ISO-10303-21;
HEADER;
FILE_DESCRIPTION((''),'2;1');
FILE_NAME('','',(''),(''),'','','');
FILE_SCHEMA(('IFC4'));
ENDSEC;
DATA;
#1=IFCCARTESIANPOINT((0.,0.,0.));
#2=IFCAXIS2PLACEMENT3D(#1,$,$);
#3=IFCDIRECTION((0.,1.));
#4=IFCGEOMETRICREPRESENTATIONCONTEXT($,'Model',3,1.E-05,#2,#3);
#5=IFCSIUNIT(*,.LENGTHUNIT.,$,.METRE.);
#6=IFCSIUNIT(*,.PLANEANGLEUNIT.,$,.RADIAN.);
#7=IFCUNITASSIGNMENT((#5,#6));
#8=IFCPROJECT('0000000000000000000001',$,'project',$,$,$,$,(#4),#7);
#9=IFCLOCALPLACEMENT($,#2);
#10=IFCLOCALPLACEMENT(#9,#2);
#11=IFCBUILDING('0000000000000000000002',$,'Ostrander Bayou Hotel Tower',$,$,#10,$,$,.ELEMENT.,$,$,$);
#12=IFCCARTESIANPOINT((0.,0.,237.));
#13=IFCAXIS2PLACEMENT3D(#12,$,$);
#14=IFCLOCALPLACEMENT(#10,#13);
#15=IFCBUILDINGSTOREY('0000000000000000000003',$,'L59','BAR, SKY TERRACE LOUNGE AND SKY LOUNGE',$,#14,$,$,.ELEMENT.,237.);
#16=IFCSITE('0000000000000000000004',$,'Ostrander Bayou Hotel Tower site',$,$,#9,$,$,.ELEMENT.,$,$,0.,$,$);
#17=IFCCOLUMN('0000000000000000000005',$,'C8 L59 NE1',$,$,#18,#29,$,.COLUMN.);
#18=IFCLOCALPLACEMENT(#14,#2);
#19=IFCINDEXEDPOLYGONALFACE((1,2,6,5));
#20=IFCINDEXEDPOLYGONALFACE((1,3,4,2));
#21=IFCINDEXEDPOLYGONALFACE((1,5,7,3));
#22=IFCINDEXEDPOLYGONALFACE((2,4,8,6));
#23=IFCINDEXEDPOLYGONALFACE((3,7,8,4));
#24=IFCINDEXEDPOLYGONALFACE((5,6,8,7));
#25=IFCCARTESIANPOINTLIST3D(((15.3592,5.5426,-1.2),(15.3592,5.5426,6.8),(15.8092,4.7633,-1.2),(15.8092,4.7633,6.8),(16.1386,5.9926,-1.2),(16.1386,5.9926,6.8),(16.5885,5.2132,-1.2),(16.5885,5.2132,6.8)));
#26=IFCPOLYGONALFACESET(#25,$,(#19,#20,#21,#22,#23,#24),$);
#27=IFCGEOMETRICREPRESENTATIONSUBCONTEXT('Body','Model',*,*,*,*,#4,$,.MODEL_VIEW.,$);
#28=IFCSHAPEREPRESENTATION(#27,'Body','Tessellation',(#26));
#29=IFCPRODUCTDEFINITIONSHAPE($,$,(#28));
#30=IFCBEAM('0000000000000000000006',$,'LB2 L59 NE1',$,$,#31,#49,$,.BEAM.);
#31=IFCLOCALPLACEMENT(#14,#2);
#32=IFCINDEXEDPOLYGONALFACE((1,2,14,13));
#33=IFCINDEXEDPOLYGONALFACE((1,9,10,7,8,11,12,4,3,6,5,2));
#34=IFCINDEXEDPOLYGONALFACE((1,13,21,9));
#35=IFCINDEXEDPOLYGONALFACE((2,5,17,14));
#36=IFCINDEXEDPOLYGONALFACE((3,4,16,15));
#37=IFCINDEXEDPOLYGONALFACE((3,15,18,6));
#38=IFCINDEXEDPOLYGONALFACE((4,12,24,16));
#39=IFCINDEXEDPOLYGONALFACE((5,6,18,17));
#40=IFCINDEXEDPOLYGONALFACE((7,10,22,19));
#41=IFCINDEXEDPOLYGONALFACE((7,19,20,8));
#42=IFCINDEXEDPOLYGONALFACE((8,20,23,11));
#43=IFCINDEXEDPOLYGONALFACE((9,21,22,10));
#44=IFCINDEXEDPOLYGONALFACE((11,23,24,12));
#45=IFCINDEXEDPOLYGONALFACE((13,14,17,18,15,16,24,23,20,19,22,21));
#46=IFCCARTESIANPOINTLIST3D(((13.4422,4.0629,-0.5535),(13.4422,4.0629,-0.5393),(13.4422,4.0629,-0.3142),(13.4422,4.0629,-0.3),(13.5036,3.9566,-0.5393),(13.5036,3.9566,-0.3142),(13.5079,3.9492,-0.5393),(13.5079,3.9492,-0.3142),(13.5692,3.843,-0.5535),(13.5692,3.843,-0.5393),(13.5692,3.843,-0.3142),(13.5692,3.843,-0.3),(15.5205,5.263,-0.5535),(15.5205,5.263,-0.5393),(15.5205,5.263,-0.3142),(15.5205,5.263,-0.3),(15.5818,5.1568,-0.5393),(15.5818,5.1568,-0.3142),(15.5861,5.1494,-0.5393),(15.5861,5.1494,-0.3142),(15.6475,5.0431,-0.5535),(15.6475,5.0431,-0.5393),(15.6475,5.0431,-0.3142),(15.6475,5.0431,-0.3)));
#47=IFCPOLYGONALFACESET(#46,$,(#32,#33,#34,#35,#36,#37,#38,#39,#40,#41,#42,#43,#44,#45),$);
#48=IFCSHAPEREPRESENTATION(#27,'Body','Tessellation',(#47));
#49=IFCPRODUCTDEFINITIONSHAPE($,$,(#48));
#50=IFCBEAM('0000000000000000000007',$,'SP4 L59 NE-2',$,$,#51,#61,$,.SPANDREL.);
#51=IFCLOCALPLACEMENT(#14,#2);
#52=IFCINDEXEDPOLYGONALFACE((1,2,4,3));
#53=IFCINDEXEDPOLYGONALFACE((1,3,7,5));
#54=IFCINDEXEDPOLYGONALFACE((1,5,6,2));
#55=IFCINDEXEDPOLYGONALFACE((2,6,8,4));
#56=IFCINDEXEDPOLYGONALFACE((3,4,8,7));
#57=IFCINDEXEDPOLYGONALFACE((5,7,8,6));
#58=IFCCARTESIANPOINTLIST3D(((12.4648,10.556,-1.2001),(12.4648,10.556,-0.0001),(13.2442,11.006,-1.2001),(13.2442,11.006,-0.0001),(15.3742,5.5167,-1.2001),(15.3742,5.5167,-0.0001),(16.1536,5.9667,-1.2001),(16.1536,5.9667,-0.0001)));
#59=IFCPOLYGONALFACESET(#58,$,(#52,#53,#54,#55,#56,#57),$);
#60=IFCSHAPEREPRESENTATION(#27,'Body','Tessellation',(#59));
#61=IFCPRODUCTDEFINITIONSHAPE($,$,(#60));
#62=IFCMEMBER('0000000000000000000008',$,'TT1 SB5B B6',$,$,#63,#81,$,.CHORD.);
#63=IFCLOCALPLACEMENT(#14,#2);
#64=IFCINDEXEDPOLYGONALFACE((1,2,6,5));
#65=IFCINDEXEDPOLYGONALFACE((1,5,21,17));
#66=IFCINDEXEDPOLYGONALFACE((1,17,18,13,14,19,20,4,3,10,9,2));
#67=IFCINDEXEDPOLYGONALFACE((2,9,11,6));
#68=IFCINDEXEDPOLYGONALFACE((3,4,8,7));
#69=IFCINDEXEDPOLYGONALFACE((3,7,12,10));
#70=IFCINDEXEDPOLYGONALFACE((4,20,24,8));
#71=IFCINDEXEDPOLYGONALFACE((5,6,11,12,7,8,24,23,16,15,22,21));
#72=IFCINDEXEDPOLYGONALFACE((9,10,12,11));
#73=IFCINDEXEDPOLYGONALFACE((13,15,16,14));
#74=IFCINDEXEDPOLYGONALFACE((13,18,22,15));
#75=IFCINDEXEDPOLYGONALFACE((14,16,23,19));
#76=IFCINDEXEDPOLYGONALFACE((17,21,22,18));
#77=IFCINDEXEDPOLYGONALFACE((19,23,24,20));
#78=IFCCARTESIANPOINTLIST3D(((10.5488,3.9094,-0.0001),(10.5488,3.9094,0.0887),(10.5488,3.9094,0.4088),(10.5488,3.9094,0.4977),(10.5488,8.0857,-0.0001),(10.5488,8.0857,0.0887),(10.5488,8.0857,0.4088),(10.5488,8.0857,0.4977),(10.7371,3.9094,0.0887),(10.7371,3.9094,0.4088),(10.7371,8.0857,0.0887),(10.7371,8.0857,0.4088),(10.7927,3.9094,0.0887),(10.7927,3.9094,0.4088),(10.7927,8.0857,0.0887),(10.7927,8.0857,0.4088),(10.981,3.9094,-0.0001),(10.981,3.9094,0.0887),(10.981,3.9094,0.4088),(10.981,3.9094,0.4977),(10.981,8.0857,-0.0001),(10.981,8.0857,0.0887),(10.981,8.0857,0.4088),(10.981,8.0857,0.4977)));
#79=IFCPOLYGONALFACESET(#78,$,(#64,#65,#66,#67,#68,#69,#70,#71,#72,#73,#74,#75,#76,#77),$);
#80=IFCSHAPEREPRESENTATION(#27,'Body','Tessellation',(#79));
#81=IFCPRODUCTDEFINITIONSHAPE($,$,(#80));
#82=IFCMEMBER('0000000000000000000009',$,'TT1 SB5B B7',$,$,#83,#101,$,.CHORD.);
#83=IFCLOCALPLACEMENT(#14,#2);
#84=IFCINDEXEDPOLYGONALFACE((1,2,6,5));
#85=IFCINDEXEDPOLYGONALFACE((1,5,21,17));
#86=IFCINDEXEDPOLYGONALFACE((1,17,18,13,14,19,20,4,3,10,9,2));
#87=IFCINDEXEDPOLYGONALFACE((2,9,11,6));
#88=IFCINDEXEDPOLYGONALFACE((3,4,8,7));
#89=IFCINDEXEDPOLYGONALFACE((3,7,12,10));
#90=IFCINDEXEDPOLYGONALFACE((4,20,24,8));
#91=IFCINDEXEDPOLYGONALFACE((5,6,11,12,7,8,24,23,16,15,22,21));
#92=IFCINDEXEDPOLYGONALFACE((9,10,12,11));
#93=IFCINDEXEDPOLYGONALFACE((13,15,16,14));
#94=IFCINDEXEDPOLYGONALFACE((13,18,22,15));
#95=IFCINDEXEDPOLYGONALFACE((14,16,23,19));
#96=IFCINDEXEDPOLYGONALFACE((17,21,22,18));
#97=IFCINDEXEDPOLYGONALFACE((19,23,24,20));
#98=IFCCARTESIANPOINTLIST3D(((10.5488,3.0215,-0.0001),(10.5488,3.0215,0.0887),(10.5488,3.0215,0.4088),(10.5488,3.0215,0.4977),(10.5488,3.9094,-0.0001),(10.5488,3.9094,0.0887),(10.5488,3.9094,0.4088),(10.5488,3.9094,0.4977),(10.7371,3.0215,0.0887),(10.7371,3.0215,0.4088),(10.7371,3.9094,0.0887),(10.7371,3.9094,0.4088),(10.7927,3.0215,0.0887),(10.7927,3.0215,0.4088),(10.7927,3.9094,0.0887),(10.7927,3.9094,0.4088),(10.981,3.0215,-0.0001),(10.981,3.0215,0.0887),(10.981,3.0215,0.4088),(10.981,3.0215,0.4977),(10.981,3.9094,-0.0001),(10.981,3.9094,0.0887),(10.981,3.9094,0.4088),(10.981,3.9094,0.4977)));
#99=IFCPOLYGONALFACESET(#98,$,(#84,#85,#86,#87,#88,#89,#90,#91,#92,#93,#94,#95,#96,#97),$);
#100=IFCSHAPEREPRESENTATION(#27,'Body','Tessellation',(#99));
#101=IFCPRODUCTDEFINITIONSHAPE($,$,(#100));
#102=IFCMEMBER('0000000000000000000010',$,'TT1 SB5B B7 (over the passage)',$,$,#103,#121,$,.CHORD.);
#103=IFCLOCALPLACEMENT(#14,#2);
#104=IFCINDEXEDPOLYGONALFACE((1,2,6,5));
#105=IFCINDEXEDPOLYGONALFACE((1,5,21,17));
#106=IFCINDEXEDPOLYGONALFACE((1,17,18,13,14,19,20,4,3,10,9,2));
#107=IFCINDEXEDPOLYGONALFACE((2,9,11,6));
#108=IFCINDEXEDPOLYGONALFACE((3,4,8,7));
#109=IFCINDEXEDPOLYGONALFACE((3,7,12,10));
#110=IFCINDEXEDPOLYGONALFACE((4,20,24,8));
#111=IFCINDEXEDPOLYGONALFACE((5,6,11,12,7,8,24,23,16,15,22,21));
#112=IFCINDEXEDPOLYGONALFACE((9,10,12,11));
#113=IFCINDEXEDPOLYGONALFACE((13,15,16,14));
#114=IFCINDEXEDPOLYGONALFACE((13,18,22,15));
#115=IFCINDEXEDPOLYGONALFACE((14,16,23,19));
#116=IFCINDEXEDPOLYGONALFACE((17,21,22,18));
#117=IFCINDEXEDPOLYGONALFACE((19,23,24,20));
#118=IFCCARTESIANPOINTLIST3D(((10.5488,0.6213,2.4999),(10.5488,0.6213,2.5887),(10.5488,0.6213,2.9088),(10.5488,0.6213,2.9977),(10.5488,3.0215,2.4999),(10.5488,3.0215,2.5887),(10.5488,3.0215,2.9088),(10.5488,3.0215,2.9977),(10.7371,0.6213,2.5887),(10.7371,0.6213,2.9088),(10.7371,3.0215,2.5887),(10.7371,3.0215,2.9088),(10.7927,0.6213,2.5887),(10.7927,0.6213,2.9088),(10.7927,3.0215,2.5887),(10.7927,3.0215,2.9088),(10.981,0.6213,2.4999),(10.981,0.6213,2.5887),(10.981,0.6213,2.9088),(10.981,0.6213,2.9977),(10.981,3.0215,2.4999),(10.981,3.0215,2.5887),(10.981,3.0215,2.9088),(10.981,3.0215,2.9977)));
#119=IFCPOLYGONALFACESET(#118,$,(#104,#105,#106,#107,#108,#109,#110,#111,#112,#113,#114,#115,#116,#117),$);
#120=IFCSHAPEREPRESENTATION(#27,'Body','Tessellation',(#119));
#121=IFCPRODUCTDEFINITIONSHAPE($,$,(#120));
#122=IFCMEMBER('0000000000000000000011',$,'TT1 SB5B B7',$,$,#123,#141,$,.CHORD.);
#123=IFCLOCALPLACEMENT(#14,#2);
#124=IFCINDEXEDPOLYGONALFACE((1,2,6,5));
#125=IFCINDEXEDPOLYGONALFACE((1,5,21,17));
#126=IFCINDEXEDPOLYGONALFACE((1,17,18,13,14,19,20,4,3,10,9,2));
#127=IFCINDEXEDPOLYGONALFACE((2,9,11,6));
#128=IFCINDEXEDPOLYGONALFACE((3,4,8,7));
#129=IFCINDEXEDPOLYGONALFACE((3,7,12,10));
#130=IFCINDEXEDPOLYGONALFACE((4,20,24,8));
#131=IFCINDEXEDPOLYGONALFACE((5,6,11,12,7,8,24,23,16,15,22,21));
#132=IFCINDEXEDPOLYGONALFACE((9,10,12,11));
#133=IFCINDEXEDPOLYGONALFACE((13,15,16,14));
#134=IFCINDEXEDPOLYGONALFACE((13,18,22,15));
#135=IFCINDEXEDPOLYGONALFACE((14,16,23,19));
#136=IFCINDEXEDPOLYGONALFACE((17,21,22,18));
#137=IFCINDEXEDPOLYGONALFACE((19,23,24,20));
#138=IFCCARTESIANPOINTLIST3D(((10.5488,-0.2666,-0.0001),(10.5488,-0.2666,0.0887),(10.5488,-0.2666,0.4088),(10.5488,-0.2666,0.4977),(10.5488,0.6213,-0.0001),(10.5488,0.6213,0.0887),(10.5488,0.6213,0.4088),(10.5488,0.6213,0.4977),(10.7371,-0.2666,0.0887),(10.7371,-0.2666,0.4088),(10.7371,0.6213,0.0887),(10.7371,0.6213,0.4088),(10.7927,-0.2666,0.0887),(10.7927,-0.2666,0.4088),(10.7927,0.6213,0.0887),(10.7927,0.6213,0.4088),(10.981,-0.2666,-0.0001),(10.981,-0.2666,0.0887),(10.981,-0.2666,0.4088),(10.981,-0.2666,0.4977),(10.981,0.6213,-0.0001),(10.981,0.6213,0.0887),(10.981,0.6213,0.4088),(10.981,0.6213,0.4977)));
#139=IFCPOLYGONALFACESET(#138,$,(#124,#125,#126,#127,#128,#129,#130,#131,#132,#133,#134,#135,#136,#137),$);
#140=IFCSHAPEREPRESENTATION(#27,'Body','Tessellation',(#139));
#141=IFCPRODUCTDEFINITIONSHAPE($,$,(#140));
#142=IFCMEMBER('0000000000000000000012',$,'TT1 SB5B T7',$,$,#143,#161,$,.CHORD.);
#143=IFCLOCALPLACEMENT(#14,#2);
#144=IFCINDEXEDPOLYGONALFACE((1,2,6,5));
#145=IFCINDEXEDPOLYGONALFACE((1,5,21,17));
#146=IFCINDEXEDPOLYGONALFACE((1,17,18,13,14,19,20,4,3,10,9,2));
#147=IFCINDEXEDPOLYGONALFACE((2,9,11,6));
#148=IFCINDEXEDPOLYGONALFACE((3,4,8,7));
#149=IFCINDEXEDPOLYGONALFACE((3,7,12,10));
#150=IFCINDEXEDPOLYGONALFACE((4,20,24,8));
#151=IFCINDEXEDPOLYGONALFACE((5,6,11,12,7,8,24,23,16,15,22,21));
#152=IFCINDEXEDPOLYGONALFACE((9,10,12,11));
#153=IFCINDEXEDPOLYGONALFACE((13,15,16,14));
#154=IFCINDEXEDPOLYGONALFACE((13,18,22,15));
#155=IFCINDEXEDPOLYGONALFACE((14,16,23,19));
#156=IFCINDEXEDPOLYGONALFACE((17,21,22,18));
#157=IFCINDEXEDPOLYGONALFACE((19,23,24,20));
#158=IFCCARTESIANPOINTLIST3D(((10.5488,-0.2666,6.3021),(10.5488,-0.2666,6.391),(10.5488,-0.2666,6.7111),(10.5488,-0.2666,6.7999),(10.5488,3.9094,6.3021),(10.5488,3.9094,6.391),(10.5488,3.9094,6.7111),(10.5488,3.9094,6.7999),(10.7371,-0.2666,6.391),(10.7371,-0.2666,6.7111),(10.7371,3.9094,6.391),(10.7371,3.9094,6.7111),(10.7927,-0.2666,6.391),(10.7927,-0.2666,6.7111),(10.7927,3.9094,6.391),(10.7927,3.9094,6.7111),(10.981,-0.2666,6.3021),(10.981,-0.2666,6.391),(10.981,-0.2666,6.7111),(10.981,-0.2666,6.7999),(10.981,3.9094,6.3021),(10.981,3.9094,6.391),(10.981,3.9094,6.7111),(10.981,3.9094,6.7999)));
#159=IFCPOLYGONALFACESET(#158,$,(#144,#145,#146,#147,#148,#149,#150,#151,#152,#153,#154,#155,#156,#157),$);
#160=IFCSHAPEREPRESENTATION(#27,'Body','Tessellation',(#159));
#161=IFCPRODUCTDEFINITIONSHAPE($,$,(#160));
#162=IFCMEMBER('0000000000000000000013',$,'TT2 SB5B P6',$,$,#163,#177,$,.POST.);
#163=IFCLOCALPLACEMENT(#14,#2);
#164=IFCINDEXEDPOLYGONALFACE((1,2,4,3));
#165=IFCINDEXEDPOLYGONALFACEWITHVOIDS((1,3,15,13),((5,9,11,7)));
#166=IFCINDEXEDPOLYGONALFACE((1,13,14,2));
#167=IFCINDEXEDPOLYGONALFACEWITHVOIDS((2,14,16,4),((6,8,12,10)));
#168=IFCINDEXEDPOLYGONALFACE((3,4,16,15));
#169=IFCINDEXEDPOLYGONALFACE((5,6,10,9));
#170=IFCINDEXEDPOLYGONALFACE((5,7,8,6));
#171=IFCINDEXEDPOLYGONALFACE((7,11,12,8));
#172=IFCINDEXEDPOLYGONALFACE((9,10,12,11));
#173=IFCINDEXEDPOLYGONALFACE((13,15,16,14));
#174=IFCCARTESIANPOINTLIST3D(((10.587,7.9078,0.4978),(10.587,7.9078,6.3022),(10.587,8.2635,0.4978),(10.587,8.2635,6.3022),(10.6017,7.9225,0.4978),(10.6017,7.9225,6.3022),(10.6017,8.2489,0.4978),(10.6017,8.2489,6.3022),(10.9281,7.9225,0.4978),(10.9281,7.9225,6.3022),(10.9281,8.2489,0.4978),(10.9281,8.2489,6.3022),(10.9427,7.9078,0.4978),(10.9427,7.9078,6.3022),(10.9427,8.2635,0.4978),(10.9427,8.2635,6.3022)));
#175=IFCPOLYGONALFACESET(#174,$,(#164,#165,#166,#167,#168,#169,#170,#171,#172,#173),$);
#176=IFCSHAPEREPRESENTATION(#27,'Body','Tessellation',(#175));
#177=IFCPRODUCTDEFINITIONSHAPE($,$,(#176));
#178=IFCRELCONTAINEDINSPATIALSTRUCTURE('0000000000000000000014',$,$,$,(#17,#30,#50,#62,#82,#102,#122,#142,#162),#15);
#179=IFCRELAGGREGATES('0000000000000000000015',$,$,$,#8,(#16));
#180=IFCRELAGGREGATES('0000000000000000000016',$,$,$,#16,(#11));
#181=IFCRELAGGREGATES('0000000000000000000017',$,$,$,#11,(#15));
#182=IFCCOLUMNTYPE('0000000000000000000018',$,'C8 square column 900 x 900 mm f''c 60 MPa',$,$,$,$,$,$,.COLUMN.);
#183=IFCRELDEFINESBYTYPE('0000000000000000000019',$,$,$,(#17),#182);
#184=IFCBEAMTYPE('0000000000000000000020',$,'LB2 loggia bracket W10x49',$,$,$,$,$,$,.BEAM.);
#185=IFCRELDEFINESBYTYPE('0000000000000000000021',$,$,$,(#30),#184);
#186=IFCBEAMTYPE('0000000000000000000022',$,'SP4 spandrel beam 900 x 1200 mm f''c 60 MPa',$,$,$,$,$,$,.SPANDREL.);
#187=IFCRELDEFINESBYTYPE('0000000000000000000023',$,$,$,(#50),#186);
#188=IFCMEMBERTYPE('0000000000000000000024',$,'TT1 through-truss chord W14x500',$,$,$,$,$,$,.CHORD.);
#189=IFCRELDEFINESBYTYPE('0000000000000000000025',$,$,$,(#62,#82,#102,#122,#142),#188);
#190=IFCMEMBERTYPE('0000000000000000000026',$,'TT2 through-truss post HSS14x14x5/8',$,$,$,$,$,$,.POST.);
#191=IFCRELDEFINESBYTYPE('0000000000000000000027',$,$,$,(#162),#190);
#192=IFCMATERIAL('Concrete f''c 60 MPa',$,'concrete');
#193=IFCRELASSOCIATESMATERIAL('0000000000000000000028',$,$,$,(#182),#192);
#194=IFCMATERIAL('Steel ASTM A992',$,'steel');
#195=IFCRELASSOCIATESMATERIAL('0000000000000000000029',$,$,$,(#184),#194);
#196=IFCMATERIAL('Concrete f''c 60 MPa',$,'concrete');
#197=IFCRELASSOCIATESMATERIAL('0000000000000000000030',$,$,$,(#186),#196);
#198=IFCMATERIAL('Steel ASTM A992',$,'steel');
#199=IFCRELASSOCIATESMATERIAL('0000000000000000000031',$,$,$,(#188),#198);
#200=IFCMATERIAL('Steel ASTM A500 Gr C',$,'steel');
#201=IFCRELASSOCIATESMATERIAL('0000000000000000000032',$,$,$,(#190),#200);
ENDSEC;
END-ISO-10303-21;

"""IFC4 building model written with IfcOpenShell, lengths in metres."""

from ifc_helpers import new_model, si_unit, direction, frame, origin, origin_2d, place, context, subcontext, project, spatial, rectangle, hollow_rectangle, i_section, extrude, material, material_profile, profile_set, type_object, element, save


model = new_model("IFC4")

# Units and contexts
model_context = context("Model", 3, precision=1e-05, world=origin(), true_north=direction((0.0, 1.0)))
body_context = subcontext(model_context, "Body", "Model", "MODEL_VIEW")
ifc_project = project(units=[si_unit("LENGTHUNIT", "METRE"), si_unit("PLANEANGLEUNIT", "RADIAN")], contexts=[model_context])

# Site, building, storey
site_placement = place(None, origin())
site = spatial("IfcSite", under=ifc_project, at=site_placement, Name="Ostrander Bayou Hotel Tower site", CompositionType="ELEMENT", RefElevation=0.0)
building_placement = place(site_placement, origin())
building = spatial("IfcBuilding", under=site, at=building_placement, Name="Ostrander Bayou Hotel Tower", CompositionType="ELEMENT")
storey_placement = place(building_placement, frame((0.0, 0.0, 237.0)))
storey = spatial("IfcBuildingStorey", under=building, at=storey_placement, Name="L59", Description="BAR, SKY TERRACE LOUNGE AND SKY LOUNGE", CompositionType="ELEMENT", Elevation=237.0)

# Column
ifc_material_1 = material(Name="Concrete f'c 60 MPa", Category="concrete")
ifc_material_profile_1 = material_profile(ifc_material_1, rectangle(XDim=0.8999, YDim=0.8999, at=origin_2d()))
ifc_profile_set_1 = profile_set([ifc_material_profile_1], Name="Concrete f'c 60 MPa")
column_type = type_object("IfcColumnType", Name="C8 square column 900 x 900 mm f'c 60 MPa", PredefinedType="COLUMN", material=ifc_profile_set_1)
column_placement = place(storey_placement, frame((15.9739, 5.3779, -1.2), z_axis=(0.0, 0.0, 1.0), x_axis=(0.5, -0.866025, 0.0)))
element("IfcColumn", 1, at=column_placement, inside=storey, type_object=column_type, Name="C8 L59 NE1", PredefinedType="COLUMN", context=body_context, shape_type="SweptSolid", body=[
    extrude(rectangle(XDim=0.8999, YDim=0.8999, at=origin_2d()), origin(), (0.0, 0.0, 1.0), 8.0),
])

# Beams
ifc_material_2 = material(Name="Steel ASTM A992", Category="steel")
ifc_material_profile_2 = material_profile(ifc_material_2, i_section(OverallWidth=0.2539, OverallDepth=0.2534, WebThickness=0.0085, FlangeThickness=0.0142, at=origin_2d()))
ifc_profile_set_2 = profile_set([ifc_material_profile_2], Name="Steel ASTM A992")
beam_type_1 = type_object("IfcBeamType", Name="LB2 loggia bracket W10x49", PredefinedType="BEAM", material=ifc_profile_set_2)
beam_1_placement = place(storey_placement, frame((15.584, 5.1531, -0.4268), z_axis=(-0.865981, -0.500078, 0.0), x_axis=(0.500078, -0.865981, 0.0)))
element("IfcBeam", 2, at=beam_1_placement, inside=storey, type_object=beam_type_1, Name="LB2 L59 NE1", PredefinedType="BEAM", context=body_context, shape_type="SweptSolid", body=[
    extrude(i_section(OverallWidth=0.2539, OverallDepth=0.2534, WebThickness=0.0085, FlangeThickness=0.0142, at=origin_2d()), origin(), (0.0, 0.0, 1.0), 2.3999),
])
ifc_material_3 = material(Name="Concrete f'c 60 MPa", Category="concrete")
ifc_material_profile_3 = material_profile(ifc_material_3, rectangle(XDim=0.8999, YDim=1.2, at=origin_2d()))
ifc_profile_set_3 = profile_set([ifc_material_profile_3], Name="Concrete f'c 60 MPa")
beam_type_2 = type_object("IfcBeamType", Name="SP4 spandrel beam 900 x 1200 mm f'c 60 MPa", PredefinedType="SPANDREL", material=ifc_profile_set_3)
beam_2_placement = place(storey_placement, frame((15.7639, 5.7417, -0.6001), z_axis=(-0.499997, 0.866027, 0.0), x_axis=(-0.866027, -0.499997, 0.0)))
element("IfcBeam", 3, at=beam_2_placement, inside=storey, type_object=beam_type_2, Name="SP4 L59 NE-2", PredefinedType="SPANDREL", context=body_context, shape_type="SweptSolid", body=[
    extrude(rectangle(XDim=0.8999, YDim=1.2, at=origin_2d()), origin(), (0.0, 0.0, 1.0), 5.8188),
])

# Members
ifc_material_4 = material(Name="Steel ASTM A992", Category="steel")
ifc_material_profile_4 = material_profile(ifc_material_4, i_section(OverallWidth=0.4321, OverallDepth=0.4978, WebThickness=0.0557, FlangeThickness=0.0889, at=origin_2d()))
ifc_profile_set_4 = profile_set([ifc_material_profile_4], Name="Steel ASTM A992")
member_type_1 = type_object("IfcMemberType", Name="TT1 through-truss chord W14x500", PredefinedType="CHORD", material=ifc_profile_set_4)
member_1_placement = place(storey_placement, frame((10.7649, 8.0857, 0.2488), z_axis=(0.0, -1.0, 0.0), x_axis=(1.0, 0.0, 0.0)))
element("IfcMember", 4, at=member_1_placement, inside=storey, type_object=member_type_1, Name="TT1 SB5B B6", PredefinedType="CHORD", context=body_context, shape_type="SweptSolid", body=[
    extrude(i_section(OverallWidth=0.4321, OverallDepth=0.4978, WebThickness=0.0557, FlangeThickness=0.0889, at=origin_2d()), origin(), (0.0, 0.0, 1.0), 4.1763),
])
member_2_placement = place(storey_placement, frame((10.7649, 3.9094, 0.2488), z_axis=(0.0, -1.0, 0.0), x_axis=(1.0, 0.0, 0.0)))
element("IfcMember", 5, at=member_2_placement, inside=storey, type_object=member_type_1, Name="TT1 SB5B B7", PredefinedType="CHORD", context=body_context, shape_type="SweptSolid", body=[
    extrude(i_section(OverallWidth=0.4321, OverallDepth=0.4978, WebThickness=0.0557, FlangeThickness=0.0889, at=origin_2d()), origin(), (0.0, 0.0, 1.0), 0.8879),
])
member_3_placement = place(storey_placement, frame((10.7649, 3.0215, 2.7488), z_axis=(0.0, -1.0, 0.0), x_axis=(1.0, 0.0, 0.0)))
element("IfcMember", 6, at=member_3_placement, inside=storey, type_object=member_type_1, Name="TT1 SB5B B7 (over the passage)", PredefinedType="CHORD", context=body_context, shape_type="SweptSolid", body=[
    extrude(i_section(OverallWidth=0.4321, OverallDepth=0.4978, WebThickness=0.0557, FlangeThickness=0.0889, at=origin_2d()), origin(), (0.0, 0.0, 1.0), 2.4001),
])
member_4_placement = place(storey_placement, frame((10.7649, 0.6213, 0.2488), z_axis=(0.0, -1.0, 0.0), x_axis=(1.0, 0.0, 0.0)))
element("IfcMember", 7, at=member_4_placement, inside=storey, type_object=member_type_1, Name="TT1 SB5B B7", PredefinedType="CHORD", context=body_context, shape_type="SweptSolid", body=[
    extrude(i_section(OverallWidth=0.4321, OverallDepth=0.4978, WebThickness=0.0557, FlangeThickness=0.0889, at=origin_2d()), origin(), (0.0, 0.0, 1.0), 0.8879),
])
member_5_placement = place(storey_placement, frame((10.7649, 3.9094, 6.551), z_axis=(0.0, -1.0, 0.0), x_axis=(1.0, 0.0, 0.0)))
element("IfcMember", 8, at=member_5_placement, inside=storey, type_object=member_type_1, Name="TT1 SB5B T7", PredefinedType="CHORD", context=body_context, shape_type="SweptSolid", body=[
    extrude(i_section(OverallWidth=0.4321, OverallDepth=0.4978, WebThickness=0.0557, FlangeThickness=0.0889, at=origin_2d()), origin(), (0.0, 0.0, 1.0), 4.176),
])
ifc_material_5 = material(Name="Steel ASTM A500 Gr C", Category="steel")
ifc_material_profile_5 = material_profile(ifc_material_5, hollow_rectangle(XDim=0.3557, YDim=0.3557, WallThickness=0.0146, at=origin_2d()))
ifc_profile_set_5 = profile_set([ifc_material_profile_5], Name="Steel ASTM A500 Gr C")
member_type_2 = type_object("IfcMemberType", Name="TT2 through-truss post HSS14x14x5/8", PredefinedType="POST", material=ifc_profile_set_5)
for number, where, z_axis, x_axis, name in (
    (9, (10.7649, 8.0857, 0.4978), (0.0, 0.0, 1.0), (1.0, 0.0, 0.0), "TT2 SB5B P6"),
):
    element("IfcMember", number, at=place(storey_placement, frame(where, z_axis=z_axis, x_axis=x_axis)), inside=storey, type_object=member_type_2, Name=name, PredefinedType="POST", context=body_context, shape_type="SweptSolid", body=[
        extrude(hollow_rectangle(XDim=0.3557, YDim=0.3557, WallThickness=0.0146, at=origin_2d()), origin(), (0.0, 0.0, 1.0), 5.8044),
    ])

save(model, "model.ifc")
